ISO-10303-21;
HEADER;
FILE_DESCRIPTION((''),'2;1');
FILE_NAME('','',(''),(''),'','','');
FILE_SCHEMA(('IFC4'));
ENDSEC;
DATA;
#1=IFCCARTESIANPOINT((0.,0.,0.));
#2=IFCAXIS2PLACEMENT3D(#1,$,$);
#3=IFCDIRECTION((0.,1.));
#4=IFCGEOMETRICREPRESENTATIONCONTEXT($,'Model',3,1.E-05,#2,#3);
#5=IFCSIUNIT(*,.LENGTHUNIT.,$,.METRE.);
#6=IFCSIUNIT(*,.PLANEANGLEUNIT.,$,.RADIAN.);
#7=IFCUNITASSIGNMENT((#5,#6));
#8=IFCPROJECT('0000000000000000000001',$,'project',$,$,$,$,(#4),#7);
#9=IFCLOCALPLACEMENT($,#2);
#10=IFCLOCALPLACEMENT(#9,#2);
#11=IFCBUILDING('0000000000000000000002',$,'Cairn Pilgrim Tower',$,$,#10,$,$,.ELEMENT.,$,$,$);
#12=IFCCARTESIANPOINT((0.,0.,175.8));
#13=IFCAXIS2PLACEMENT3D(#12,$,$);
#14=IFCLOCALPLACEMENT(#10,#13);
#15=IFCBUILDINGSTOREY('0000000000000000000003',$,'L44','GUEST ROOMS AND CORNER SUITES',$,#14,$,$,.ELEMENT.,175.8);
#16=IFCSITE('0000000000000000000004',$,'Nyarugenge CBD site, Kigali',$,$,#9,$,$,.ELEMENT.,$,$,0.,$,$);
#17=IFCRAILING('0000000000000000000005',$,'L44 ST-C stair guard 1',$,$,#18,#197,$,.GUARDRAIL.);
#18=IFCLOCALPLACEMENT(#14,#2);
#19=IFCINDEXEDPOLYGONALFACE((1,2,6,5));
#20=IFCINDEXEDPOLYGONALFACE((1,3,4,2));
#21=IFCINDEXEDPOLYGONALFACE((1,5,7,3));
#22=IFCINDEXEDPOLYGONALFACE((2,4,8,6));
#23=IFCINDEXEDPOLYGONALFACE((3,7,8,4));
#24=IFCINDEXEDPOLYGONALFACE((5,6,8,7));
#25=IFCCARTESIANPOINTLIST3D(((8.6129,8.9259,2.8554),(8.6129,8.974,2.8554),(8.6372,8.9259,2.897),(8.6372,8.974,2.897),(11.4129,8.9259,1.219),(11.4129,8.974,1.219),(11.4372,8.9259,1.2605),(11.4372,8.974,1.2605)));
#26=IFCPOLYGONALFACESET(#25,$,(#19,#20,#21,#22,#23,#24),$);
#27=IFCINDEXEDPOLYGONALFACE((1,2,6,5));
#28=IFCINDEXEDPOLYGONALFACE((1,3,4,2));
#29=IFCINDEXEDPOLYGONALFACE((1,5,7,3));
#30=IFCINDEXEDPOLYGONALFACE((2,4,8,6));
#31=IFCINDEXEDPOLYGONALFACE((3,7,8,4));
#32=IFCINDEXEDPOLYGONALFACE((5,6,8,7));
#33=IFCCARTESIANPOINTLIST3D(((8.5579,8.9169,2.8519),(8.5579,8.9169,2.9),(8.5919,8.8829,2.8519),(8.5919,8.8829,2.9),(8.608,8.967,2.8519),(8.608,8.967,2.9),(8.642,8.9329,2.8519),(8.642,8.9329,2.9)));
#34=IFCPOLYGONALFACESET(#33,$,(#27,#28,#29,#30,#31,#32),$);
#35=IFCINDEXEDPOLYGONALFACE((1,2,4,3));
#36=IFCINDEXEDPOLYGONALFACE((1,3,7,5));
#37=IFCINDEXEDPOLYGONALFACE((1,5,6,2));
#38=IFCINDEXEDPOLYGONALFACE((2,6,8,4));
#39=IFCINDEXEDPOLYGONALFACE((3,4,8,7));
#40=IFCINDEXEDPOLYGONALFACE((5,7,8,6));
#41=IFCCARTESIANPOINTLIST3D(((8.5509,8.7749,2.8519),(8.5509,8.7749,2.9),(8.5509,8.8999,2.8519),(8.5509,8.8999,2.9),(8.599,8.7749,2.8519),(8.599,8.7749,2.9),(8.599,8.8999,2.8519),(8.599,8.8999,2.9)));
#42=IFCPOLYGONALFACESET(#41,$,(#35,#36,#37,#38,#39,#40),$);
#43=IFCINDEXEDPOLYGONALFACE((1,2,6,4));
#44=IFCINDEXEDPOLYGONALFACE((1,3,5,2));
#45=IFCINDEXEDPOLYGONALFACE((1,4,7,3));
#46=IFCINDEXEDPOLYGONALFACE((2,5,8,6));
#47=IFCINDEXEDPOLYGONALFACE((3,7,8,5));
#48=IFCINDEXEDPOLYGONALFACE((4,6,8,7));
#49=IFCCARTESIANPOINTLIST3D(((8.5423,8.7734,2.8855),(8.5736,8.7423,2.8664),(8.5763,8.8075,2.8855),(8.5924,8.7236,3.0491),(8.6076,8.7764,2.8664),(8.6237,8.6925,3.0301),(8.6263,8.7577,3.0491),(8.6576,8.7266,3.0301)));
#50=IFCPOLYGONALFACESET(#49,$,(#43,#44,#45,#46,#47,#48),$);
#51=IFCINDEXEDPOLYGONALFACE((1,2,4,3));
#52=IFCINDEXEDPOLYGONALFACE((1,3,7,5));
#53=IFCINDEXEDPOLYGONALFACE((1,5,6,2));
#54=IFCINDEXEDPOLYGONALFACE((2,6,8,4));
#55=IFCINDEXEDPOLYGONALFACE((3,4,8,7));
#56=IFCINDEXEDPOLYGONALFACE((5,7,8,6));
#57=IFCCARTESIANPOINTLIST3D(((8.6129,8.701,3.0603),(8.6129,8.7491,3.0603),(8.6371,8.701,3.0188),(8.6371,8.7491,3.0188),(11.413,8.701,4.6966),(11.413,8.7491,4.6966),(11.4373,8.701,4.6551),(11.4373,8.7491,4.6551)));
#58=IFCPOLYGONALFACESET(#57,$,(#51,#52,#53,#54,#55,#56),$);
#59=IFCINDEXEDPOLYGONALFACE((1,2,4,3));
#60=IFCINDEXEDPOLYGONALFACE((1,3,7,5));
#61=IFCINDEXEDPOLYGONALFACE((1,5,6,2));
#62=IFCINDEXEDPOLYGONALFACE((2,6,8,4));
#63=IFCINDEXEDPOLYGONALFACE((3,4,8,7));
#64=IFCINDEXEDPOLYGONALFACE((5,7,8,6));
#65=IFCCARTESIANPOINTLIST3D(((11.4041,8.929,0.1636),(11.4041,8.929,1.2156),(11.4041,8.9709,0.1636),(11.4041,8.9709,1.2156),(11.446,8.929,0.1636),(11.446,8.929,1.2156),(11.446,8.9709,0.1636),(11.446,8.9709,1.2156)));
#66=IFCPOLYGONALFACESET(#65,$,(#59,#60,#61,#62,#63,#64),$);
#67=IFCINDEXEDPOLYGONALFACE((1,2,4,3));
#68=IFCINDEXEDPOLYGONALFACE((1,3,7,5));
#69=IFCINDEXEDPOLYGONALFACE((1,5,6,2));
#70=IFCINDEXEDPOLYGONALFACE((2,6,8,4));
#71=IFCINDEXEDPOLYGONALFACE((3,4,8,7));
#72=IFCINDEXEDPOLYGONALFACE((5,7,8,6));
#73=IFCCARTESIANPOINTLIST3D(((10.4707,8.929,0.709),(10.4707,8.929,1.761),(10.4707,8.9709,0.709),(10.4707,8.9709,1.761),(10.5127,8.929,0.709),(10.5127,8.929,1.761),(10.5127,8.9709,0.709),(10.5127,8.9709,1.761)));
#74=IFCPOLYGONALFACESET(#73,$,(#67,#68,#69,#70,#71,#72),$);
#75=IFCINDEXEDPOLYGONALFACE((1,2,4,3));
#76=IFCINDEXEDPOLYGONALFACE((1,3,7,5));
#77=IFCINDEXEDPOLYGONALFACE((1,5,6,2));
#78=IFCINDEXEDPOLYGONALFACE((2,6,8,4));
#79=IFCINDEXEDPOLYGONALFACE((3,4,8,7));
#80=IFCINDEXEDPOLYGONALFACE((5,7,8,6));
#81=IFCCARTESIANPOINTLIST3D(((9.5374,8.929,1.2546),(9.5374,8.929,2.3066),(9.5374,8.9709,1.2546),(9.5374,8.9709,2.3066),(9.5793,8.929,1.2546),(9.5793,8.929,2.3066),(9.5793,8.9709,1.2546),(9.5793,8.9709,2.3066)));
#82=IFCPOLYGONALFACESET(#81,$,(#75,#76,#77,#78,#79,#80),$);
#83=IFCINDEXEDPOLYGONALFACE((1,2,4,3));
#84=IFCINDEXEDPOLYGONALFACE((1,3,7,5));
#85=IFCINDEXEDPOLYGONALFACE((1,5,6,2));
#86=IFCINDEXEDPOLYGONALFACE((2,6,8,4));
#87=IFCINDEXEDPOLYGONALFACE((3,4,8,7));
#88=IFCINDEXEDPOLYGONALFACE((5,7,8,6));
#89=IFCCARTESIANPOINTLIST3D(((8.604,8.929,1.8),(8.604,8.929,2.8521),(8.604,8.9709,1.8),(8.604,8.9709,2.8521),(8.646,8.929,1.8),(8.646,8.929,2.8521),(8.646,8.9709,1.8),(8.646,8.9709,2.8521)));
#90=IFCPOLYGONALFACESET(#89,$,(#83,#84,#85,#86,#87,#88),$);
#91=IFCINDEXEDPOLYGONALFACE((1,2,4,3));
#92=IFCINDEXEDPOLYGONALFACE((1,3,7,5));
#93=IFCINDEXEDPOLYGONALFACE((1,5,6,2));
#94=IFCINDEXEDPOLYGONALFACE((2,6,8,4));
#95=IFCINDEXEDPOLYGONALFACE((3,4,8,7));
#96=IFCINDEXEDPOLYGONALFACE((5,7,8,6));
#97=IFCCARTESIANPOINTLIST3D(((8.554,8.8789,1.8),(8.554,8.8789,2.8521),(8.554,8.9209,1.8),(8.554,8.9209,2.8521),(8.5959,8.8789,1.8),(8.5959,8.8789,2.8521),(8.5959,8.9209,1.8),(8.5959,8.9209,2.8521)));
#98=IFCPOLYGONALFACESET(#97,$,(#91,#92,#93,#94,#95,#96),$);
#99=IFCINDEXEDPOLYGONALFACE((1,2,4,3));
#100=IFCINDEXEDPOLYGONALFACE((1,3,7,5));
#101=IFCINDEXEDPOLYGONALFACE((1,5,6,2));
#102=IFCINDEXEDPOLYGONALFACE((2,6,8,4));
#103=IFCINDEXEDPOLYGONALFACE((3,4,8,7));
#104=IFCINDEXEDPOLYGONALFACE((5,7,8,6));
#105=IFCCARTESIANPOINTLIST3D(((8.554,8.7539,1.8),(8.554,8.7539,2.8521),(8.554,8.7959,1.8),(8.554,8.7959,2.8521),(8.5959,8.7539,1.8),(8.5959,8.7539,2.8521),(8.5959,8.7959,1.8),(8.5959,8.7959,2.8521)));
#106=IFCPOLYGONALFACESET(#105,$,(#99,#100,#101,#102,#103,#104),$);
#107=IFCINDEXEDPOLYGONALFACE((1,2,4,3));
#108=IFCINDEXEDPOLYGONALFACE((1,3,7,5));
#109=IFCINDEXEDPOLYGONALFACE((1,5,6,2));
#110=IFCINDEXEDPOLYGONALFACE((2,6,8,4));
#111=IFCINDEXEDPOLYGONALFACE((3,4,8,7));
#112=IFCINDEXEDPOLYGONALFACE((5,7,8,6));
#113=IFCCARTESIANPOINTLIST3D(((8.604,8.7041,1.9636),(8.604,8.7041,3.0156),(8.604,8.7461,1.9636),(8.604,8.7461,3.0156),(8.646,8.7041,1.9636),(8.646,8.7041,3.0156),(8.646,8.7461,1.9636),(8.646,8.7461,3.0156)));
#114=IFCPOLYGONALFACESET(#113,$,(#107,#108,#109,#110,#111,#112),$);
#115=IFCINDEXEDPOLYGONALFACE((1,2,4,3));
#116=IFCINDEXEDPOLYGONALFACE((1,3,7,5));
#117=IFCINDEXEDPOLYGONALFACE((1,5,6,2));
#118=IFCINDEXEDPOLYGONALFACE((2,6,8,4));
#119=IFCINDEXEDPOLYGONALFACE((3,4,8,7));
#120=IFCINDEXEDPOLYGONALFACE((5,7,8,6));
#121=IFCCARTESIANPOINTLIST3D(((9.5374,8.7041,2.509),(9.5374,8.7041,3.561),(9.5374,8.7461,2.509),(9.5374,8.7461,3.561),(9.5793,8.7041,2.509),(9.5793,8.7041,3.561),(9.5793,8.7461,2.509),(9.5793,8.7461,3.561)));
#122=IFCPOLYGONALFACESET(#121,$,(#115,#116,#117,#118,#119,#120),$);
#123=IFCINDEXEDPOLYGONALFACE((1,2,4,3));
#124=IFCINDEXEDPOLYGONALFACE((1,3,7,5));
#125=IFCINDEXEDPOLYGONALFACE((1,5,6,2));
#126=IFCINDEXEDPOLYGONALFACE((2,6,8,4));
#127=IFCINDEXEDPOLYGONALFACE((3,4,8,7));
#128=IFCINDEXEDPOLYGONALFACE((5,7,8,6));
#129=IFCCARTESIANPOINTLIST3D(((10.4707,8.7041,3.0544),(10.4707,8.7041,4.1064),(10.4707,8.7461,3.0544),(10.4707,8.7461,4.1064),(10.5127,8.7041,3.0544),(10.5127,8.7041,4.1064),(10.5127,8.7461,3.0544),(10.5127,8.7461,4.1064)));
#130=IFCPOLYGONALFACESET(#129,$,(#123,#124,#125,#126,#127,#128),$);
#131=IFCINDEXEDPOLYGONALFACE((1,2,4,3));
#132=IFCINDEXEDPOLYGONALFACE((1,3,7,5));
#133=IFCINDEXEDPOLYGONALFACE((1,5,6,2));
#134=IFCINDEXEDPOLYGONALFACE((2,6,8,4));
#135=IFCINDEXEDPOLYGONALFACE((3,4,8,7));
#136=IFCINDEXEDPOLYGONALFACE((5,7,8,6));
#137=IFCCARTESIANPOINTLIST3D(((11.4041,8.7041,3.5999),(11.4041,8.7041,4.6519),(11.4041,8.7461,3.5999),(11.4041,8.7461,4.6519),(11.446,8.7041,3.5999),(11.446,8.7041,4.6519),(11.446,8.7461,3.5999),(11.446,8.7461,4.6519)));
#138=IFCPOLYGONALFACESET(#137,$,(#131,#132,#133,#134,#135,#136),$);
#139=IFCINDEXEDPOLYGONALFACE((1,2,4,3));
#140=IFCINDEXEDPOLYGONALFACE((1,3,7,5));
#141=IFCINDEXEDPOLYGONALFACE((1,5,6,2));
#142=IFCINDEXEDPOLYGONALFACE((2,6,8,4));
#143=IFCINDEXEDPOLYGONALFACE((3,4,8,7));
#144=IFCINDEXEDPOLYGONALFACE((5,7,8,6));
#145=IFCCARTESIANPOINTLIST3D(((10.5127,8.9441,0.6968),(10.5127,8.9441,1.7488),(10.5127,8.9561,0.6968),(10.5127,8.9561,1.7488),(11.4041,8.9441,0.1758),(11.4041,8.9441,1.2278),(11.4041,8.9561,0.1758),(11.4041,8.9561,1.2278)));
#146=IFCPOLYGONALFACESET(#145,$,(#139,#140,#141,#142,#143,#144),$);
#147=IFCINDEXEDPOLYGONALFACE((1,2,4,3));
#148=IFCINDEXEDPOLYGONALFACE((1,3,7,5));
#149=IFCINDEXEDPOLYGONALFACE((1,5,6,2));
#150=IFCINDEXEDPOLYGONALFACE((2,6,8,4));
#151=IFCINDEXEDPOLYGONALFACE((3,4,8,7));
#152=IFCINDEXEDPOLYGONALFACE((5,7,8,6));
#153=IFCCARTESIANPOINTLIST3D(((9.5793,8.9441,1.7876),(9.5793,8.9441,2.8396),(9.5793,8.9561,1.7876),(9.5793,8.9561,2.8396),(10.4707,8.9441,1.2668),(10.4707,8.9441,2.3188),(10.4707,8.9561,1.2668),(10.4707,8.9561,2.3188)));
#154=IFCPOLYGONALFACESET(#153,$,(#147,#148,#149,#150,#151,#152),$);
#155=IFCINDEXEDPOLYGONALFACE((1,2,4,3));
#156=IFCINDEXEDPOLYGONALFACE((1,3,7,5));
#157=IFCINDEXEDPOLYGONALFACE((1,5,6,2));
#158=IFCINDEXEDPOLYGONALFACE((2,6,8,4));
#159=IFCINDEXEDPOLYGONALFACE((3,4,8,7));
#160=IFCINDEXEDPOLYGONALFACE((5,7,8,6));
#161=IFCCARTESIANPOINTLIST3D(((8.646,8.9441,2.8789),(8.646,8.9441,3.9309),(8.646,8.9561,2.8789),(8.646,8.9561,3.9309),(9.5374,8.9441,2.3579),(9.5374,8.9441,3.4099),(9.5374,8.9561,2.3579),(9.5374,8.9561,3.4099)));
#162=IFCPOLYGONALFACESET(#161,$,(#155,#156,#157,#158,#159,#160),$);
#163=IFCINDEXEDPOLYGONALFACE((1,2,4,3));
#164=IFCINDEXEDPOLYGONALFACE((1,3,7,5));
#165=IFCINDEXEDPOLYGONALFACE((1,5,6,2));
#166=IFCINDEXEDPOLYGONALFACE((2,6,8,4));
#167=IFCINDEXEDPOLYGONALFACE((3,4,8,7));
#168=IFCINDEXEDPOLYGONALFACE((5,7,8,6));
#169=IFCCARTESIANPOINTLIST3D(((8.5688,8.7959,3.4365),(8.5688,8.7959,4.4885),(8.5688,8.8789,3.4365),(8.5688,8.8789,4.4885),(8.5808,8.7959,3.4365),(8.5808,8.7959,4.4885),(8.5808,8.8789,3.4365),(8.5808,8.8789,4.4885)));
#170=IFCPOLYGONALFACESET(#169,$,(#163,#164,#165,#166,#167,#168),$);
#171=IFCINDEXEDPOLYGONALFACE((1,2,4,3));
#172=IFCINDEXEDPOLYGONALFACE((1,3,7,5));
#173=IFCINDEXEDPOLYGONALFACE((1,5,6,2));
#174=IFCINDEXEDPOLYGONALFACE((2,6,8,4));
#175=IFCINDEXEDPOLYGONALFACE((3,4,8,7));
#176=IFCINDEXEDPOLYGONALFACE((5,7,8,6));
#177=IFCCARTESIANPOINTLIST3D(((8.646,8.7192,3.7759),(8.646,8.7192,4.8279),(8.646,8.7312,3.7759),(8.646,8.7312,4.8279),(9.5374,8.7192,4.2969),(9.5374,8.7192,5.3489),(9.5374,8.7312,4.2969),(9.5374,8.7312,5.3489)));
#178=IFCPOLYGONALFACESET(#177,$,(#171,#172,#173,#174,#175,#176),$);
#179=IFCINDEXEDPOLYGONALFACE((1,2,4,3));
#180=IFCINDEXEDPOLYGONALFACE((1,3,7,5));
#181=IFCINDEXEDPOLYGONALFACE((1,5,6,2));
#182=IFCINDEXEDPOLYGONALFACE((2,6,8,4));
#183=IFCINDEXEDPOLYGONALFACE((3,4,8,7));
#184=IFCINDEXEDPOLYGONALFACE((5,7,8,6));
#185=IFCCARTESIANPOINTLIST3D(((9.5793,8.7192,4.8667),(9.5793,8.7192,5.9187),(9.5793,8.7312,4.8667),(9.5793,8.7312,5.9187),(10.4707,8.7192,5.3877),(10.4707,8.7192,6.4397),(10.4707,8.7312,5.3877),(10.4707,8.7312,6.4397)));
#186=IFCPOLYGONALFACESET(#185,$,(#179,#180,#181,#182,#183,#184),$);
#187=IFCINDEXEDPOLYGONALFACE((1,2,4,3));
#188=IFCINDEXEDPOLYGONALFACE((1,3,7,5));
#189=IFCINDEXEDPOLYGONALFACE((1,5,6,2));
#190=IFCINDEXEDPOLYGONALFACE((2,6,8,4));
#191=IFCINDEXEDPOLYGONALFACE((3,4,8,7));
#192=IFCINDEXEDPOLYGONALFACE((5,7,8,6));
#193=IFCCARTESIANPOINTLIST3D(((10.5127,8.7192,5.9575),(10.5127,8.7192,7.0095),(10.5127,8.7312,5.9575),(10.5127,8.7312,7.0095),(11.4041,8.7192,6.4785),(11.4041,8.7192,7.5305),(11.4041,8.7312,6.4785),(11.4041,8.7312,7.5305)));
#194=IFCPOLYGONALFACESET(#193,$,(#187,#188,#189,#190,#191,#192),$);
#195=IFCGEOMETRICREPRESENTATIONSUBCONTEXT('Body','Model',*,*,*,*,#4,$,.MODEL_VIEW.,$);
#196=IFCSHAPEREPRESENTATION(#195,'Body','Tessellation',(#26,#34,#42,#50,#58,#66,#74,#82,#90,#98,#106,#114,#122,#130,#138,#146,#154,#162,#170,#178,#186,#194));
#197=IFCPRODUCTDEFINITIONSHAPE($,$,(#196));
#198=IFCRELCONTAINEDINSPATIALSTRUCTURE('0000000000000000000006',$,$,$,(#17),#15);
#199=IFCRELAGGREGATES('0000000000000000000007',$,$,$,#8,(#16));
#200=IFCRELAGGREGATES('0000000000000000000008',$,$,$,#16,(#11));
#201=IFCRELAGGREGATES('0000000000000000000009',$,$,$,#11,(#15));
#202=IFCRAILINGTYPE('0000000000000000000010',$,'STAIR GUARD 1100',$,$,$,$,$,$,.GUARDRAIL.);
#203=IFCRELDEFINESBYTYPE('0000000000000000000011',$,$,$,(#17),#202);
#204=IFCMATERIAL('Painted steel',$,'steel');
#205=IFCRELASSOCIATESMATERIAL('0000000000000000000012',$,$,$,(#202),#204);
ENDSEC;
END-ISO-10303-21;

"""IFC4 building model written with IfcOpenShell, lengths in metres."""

from ifc_helpers import new_model, si_unit, direction, frame, origin, origin_2d, place, context, subcontext, project, spatial, polyline, rectangle, outline, extrude, material, type_object, element, save


model = new_model("IFC4")

# Units and contexts
model_context = context("Model", 3, precision=1e-05, world=origin(), true_north=direction((0.0, 1.0)))
body_context = subcontext(model_context, "Body", "Model", "MODEL_VIEW")
ifc_project = project(units=[si_unit("LENGTHUNIT", "METRE"), si_unit("PLANEANGLEUNIT", "RADIAN")], contexts=[model_context])

# Site, building, storey
site_placement = place(None, origin())
site = spatial("IfcSite", under=ifc_project, at=site_placement, Name="Nyarugenge CBD site, Kigali", CompositionType="ELEMENT", RefElevation=0.0)
building_placement = place(site_placement, origin())
building = spatial("IfcBuilding", under=site, at=building_placement, Name="Cairn Pilgrim Tower", CompositionType="ELEMENT")
storey_placement = place(building_placement, frame((0.0, 0.0, 175.8)))
storey = spatial("IfcBuildingStorey", under=building, at=storey_placement, Name="L44", Description="GUEST ROOMS AND CORNER SUITES", CompositionType="ELEMENT", Elevation=175.8)

# Shared definitions
ifc_material_1 = material(Name="Painted steel", Category="steel")

# Railing
railing_type_1 = type_object("IfcRailingType", Name="STAIR GUARD 1100", PredefinedType="GUARDRAIL", material=ifc_material_1)
railing_1_placement = place(storey_placement, frame((11.425, 8.95, 0.1636)))
element("IfcRailing", 1, at=railing_1_placement, inside=storey, type_object=railing_type_1, Name="L44 ST-C stair guard 1", PredefinedType="GUARDRAIL", context=body_context, shape_type="SweptSolid", body=[
    extrude(rectangle(XDim=0.0481, YDim=0.0481, at=origin_2d()), frame((0.0, 0.0, 1.0762), z_axis=(-0.863361, 0.0, 0.504587), x_axis=(0.0, -1.0, 0.0)), (0.0, 0.0, 1.0), 3.2432),
    extrude(rectangle(XDim=0.0481, YDim=0.0481, at=origin_2d()), frame((-2.8, 0.0, 2.7124), z_axis=(-0.707107, -0.707107, 0.0), x_axis=(0.707107, -0.707107, 0.0)), (0.0, 0.0, 1.0), 0.0708),
    extrude(rectangle(XDim=0.0481, YDim=0.0481, at=origin_2d()), frame((-2.8501, -0.05, 2.7124), z_axis=(0.0, -1.0, 0.0), x_axis=(1.0, 0.0, 0.0)), (0.0, 0.0, 1.0), 0.125),
    extrude(rectangle(XDim=0.0481, YDim=0.0481, at=origin_2d()), frame((-2.8501, -0.175, 2.7124), z_axis=(0.280917, -0.279546, 0.918118), x_axis=(0.705376, 0.708834, 0.0)), (0.0, 0.0, 1.0), 0.1782),
    extrude(rectangle(XDim=0.0481, YDim=0.0481, at=origin_2d()), frame((-2.8, -0.2249, 2.876), z_axis=(0.863394, 0.0, 0.504531), x_axis=(0.0, 1.0, 0.0)), (0.0, 0.0, 1.0), 3.2432),
    extrude(rectangle(XDim=0.042, YDim=0.042, at=origin_2d()), origin(), (0.0, 0.0, 1.0), 1.052),
    extrude(rectangle(XDim=0.042, YDim=0.042, at=origin_2d()), frame((-0.9333, 0.0, 0.5454)), (0.0, 0.0, 1.0), 1.052),
    extrude(rectangle(XDim=0.042, YDim=0.042, at=origin_2d()), frame((-1.8667, 0.0, 1.0911)), (0.0, 0.0, 1.0), 1.052),
    extrude(rectangle(XDim=0.042, YDim=0.042, at=origin_2d()), frame((-2.8, 0.0, 1.6365)), (0.0, 0.0, 1.0), 1.052),
    extrude(rectangle(XDim=0.042, YDim=0.042, at=origin_2d()), frame((-2.8501, -0.05, 1.6365)), (0.0, 0.0, 1.0), 1.052),
    extrude(rectangle(XDim=0.042, YDim=0.042, at=origin_2d()), frame((-2.8501, -0.175, 1.6365)), (0.0, 0.0, 1.0), 1.052),
    extrude(rectangle(XDim=0.042, YDim=0.042, at=origin_2d()), frame((-2.8, -0.2249, 1.8)), (0.0, 0.0, 1.0), 1.052),
    extrude(rectangle(XDim=0.042, YDim=0.042, at=origin_2d()), frame((-1.8667, -0.2249, 2.3455)), (0.0, 0.0, 1.0), 1.052),
    extrude(rectangle(XDim=0.042, YDim=0.042, at=origin_2d()), frame((-0.9333, -0.2249, 2.8909)), (0.0, 0.0, 1.0), 1.052),
    extrude(rectangle(XDim=0.042, YDim=0.042, at=origin_2d()), frame((0.0, -0.2249, 3.4363)), (0.0, 0.0, 1.0), 1.052),
    extrude(outline(polyline([(0.021, 0.0122), (0.9124, 0.5332), (0.9124, 1.5852), (0.021, 1.0642), (0.021, 0.0122)])), frame((0.0, -0.0059, 0.0), z_axis=(0.0, 1.0, 0.0), x_axis=(-1.0, 0.0, 0.0)), (0.0, 0.0, 1.0), 0.012),
    extrude(outline(polyline([(0.021, 0.5579), (0.9124, 1.0786), (0.9124, 2.1306), (0.021, 1.6099), (0.021, 0.5579)])), frame((-0.9333, -0.0059, 0.5454), z_axis=(0.0, 1.0, 0.0), x_axis=(-1.0, 0.0, 0.0)), (0.0, 0.0, 1.0), 0.012),
    extrude(outline(polyline([(0.021, 1.1033), (0.9124, 1.6243), (0.9124, 2.6763), (0.021, 2.1553), (0.021, 1.1033)])), frame((-1.8667, -0.0059, 1.0911), z_axis=(0.0, 1.0, 0.0), x_axis=(-1.0, 0.0, 0.0)), (0.0, 0.0, 1.0), 0.012),
    extrude(outline(polyline([(0.021, 1.6365), (0.104, 1.6365), (0.104, 2.6885), (0.021, 2.6885), (0.021, 1.6365)])), frame((-2.8442, -0.05, 1.6365), z_axis=(-1.0, 0.0, 0.0), x_axis=(0.0, -1.0, 0.0)), (0.0, 0.0, 1.0), 0.012),
    extrude(outline(polyline([(0.021, 1.8123), (0.9124, 2.3333), (0.9124, 3.3853), (0.021, 2.8643), (0.021, 1.8123)])), frame((-2.8, -0.2188, 1.8), z_axis=(0.0, -1.0, 0.0), x_axis=(1.0, 0.0, 0.0)), (0.0, 0.0, 1.0), 0.012),
    extrude(outline(polyline([(0.021, 2.3577), (0.9124, 2.8787), (0.9124, 3.9307), (0.021, 3.4097), (0.021, 2.3577)])), frame((-1.8667, -0.2188, 2.3455), z_axis=(0.0, -1.0, 0.0), x_axis=(1.0, 0.0, 0.0)), (0.0, 0.0, 1.0), 0.012),
    extrude(outline(polyline([(0.021, 2.9031), (0.9124, 3.4241), (0.9124, 4.4761), (0.021, 3.9551), (0.021, 2.9031)])), frame((-0.9333, -0.2188, 2.8909), z_axis=(0.0, -1.0, 0.0), x_axis=(1.0, 0.0, 0.0)), (0.0, 0.0, 1.0), 0.012),
])

save(model, "model.ifc")
